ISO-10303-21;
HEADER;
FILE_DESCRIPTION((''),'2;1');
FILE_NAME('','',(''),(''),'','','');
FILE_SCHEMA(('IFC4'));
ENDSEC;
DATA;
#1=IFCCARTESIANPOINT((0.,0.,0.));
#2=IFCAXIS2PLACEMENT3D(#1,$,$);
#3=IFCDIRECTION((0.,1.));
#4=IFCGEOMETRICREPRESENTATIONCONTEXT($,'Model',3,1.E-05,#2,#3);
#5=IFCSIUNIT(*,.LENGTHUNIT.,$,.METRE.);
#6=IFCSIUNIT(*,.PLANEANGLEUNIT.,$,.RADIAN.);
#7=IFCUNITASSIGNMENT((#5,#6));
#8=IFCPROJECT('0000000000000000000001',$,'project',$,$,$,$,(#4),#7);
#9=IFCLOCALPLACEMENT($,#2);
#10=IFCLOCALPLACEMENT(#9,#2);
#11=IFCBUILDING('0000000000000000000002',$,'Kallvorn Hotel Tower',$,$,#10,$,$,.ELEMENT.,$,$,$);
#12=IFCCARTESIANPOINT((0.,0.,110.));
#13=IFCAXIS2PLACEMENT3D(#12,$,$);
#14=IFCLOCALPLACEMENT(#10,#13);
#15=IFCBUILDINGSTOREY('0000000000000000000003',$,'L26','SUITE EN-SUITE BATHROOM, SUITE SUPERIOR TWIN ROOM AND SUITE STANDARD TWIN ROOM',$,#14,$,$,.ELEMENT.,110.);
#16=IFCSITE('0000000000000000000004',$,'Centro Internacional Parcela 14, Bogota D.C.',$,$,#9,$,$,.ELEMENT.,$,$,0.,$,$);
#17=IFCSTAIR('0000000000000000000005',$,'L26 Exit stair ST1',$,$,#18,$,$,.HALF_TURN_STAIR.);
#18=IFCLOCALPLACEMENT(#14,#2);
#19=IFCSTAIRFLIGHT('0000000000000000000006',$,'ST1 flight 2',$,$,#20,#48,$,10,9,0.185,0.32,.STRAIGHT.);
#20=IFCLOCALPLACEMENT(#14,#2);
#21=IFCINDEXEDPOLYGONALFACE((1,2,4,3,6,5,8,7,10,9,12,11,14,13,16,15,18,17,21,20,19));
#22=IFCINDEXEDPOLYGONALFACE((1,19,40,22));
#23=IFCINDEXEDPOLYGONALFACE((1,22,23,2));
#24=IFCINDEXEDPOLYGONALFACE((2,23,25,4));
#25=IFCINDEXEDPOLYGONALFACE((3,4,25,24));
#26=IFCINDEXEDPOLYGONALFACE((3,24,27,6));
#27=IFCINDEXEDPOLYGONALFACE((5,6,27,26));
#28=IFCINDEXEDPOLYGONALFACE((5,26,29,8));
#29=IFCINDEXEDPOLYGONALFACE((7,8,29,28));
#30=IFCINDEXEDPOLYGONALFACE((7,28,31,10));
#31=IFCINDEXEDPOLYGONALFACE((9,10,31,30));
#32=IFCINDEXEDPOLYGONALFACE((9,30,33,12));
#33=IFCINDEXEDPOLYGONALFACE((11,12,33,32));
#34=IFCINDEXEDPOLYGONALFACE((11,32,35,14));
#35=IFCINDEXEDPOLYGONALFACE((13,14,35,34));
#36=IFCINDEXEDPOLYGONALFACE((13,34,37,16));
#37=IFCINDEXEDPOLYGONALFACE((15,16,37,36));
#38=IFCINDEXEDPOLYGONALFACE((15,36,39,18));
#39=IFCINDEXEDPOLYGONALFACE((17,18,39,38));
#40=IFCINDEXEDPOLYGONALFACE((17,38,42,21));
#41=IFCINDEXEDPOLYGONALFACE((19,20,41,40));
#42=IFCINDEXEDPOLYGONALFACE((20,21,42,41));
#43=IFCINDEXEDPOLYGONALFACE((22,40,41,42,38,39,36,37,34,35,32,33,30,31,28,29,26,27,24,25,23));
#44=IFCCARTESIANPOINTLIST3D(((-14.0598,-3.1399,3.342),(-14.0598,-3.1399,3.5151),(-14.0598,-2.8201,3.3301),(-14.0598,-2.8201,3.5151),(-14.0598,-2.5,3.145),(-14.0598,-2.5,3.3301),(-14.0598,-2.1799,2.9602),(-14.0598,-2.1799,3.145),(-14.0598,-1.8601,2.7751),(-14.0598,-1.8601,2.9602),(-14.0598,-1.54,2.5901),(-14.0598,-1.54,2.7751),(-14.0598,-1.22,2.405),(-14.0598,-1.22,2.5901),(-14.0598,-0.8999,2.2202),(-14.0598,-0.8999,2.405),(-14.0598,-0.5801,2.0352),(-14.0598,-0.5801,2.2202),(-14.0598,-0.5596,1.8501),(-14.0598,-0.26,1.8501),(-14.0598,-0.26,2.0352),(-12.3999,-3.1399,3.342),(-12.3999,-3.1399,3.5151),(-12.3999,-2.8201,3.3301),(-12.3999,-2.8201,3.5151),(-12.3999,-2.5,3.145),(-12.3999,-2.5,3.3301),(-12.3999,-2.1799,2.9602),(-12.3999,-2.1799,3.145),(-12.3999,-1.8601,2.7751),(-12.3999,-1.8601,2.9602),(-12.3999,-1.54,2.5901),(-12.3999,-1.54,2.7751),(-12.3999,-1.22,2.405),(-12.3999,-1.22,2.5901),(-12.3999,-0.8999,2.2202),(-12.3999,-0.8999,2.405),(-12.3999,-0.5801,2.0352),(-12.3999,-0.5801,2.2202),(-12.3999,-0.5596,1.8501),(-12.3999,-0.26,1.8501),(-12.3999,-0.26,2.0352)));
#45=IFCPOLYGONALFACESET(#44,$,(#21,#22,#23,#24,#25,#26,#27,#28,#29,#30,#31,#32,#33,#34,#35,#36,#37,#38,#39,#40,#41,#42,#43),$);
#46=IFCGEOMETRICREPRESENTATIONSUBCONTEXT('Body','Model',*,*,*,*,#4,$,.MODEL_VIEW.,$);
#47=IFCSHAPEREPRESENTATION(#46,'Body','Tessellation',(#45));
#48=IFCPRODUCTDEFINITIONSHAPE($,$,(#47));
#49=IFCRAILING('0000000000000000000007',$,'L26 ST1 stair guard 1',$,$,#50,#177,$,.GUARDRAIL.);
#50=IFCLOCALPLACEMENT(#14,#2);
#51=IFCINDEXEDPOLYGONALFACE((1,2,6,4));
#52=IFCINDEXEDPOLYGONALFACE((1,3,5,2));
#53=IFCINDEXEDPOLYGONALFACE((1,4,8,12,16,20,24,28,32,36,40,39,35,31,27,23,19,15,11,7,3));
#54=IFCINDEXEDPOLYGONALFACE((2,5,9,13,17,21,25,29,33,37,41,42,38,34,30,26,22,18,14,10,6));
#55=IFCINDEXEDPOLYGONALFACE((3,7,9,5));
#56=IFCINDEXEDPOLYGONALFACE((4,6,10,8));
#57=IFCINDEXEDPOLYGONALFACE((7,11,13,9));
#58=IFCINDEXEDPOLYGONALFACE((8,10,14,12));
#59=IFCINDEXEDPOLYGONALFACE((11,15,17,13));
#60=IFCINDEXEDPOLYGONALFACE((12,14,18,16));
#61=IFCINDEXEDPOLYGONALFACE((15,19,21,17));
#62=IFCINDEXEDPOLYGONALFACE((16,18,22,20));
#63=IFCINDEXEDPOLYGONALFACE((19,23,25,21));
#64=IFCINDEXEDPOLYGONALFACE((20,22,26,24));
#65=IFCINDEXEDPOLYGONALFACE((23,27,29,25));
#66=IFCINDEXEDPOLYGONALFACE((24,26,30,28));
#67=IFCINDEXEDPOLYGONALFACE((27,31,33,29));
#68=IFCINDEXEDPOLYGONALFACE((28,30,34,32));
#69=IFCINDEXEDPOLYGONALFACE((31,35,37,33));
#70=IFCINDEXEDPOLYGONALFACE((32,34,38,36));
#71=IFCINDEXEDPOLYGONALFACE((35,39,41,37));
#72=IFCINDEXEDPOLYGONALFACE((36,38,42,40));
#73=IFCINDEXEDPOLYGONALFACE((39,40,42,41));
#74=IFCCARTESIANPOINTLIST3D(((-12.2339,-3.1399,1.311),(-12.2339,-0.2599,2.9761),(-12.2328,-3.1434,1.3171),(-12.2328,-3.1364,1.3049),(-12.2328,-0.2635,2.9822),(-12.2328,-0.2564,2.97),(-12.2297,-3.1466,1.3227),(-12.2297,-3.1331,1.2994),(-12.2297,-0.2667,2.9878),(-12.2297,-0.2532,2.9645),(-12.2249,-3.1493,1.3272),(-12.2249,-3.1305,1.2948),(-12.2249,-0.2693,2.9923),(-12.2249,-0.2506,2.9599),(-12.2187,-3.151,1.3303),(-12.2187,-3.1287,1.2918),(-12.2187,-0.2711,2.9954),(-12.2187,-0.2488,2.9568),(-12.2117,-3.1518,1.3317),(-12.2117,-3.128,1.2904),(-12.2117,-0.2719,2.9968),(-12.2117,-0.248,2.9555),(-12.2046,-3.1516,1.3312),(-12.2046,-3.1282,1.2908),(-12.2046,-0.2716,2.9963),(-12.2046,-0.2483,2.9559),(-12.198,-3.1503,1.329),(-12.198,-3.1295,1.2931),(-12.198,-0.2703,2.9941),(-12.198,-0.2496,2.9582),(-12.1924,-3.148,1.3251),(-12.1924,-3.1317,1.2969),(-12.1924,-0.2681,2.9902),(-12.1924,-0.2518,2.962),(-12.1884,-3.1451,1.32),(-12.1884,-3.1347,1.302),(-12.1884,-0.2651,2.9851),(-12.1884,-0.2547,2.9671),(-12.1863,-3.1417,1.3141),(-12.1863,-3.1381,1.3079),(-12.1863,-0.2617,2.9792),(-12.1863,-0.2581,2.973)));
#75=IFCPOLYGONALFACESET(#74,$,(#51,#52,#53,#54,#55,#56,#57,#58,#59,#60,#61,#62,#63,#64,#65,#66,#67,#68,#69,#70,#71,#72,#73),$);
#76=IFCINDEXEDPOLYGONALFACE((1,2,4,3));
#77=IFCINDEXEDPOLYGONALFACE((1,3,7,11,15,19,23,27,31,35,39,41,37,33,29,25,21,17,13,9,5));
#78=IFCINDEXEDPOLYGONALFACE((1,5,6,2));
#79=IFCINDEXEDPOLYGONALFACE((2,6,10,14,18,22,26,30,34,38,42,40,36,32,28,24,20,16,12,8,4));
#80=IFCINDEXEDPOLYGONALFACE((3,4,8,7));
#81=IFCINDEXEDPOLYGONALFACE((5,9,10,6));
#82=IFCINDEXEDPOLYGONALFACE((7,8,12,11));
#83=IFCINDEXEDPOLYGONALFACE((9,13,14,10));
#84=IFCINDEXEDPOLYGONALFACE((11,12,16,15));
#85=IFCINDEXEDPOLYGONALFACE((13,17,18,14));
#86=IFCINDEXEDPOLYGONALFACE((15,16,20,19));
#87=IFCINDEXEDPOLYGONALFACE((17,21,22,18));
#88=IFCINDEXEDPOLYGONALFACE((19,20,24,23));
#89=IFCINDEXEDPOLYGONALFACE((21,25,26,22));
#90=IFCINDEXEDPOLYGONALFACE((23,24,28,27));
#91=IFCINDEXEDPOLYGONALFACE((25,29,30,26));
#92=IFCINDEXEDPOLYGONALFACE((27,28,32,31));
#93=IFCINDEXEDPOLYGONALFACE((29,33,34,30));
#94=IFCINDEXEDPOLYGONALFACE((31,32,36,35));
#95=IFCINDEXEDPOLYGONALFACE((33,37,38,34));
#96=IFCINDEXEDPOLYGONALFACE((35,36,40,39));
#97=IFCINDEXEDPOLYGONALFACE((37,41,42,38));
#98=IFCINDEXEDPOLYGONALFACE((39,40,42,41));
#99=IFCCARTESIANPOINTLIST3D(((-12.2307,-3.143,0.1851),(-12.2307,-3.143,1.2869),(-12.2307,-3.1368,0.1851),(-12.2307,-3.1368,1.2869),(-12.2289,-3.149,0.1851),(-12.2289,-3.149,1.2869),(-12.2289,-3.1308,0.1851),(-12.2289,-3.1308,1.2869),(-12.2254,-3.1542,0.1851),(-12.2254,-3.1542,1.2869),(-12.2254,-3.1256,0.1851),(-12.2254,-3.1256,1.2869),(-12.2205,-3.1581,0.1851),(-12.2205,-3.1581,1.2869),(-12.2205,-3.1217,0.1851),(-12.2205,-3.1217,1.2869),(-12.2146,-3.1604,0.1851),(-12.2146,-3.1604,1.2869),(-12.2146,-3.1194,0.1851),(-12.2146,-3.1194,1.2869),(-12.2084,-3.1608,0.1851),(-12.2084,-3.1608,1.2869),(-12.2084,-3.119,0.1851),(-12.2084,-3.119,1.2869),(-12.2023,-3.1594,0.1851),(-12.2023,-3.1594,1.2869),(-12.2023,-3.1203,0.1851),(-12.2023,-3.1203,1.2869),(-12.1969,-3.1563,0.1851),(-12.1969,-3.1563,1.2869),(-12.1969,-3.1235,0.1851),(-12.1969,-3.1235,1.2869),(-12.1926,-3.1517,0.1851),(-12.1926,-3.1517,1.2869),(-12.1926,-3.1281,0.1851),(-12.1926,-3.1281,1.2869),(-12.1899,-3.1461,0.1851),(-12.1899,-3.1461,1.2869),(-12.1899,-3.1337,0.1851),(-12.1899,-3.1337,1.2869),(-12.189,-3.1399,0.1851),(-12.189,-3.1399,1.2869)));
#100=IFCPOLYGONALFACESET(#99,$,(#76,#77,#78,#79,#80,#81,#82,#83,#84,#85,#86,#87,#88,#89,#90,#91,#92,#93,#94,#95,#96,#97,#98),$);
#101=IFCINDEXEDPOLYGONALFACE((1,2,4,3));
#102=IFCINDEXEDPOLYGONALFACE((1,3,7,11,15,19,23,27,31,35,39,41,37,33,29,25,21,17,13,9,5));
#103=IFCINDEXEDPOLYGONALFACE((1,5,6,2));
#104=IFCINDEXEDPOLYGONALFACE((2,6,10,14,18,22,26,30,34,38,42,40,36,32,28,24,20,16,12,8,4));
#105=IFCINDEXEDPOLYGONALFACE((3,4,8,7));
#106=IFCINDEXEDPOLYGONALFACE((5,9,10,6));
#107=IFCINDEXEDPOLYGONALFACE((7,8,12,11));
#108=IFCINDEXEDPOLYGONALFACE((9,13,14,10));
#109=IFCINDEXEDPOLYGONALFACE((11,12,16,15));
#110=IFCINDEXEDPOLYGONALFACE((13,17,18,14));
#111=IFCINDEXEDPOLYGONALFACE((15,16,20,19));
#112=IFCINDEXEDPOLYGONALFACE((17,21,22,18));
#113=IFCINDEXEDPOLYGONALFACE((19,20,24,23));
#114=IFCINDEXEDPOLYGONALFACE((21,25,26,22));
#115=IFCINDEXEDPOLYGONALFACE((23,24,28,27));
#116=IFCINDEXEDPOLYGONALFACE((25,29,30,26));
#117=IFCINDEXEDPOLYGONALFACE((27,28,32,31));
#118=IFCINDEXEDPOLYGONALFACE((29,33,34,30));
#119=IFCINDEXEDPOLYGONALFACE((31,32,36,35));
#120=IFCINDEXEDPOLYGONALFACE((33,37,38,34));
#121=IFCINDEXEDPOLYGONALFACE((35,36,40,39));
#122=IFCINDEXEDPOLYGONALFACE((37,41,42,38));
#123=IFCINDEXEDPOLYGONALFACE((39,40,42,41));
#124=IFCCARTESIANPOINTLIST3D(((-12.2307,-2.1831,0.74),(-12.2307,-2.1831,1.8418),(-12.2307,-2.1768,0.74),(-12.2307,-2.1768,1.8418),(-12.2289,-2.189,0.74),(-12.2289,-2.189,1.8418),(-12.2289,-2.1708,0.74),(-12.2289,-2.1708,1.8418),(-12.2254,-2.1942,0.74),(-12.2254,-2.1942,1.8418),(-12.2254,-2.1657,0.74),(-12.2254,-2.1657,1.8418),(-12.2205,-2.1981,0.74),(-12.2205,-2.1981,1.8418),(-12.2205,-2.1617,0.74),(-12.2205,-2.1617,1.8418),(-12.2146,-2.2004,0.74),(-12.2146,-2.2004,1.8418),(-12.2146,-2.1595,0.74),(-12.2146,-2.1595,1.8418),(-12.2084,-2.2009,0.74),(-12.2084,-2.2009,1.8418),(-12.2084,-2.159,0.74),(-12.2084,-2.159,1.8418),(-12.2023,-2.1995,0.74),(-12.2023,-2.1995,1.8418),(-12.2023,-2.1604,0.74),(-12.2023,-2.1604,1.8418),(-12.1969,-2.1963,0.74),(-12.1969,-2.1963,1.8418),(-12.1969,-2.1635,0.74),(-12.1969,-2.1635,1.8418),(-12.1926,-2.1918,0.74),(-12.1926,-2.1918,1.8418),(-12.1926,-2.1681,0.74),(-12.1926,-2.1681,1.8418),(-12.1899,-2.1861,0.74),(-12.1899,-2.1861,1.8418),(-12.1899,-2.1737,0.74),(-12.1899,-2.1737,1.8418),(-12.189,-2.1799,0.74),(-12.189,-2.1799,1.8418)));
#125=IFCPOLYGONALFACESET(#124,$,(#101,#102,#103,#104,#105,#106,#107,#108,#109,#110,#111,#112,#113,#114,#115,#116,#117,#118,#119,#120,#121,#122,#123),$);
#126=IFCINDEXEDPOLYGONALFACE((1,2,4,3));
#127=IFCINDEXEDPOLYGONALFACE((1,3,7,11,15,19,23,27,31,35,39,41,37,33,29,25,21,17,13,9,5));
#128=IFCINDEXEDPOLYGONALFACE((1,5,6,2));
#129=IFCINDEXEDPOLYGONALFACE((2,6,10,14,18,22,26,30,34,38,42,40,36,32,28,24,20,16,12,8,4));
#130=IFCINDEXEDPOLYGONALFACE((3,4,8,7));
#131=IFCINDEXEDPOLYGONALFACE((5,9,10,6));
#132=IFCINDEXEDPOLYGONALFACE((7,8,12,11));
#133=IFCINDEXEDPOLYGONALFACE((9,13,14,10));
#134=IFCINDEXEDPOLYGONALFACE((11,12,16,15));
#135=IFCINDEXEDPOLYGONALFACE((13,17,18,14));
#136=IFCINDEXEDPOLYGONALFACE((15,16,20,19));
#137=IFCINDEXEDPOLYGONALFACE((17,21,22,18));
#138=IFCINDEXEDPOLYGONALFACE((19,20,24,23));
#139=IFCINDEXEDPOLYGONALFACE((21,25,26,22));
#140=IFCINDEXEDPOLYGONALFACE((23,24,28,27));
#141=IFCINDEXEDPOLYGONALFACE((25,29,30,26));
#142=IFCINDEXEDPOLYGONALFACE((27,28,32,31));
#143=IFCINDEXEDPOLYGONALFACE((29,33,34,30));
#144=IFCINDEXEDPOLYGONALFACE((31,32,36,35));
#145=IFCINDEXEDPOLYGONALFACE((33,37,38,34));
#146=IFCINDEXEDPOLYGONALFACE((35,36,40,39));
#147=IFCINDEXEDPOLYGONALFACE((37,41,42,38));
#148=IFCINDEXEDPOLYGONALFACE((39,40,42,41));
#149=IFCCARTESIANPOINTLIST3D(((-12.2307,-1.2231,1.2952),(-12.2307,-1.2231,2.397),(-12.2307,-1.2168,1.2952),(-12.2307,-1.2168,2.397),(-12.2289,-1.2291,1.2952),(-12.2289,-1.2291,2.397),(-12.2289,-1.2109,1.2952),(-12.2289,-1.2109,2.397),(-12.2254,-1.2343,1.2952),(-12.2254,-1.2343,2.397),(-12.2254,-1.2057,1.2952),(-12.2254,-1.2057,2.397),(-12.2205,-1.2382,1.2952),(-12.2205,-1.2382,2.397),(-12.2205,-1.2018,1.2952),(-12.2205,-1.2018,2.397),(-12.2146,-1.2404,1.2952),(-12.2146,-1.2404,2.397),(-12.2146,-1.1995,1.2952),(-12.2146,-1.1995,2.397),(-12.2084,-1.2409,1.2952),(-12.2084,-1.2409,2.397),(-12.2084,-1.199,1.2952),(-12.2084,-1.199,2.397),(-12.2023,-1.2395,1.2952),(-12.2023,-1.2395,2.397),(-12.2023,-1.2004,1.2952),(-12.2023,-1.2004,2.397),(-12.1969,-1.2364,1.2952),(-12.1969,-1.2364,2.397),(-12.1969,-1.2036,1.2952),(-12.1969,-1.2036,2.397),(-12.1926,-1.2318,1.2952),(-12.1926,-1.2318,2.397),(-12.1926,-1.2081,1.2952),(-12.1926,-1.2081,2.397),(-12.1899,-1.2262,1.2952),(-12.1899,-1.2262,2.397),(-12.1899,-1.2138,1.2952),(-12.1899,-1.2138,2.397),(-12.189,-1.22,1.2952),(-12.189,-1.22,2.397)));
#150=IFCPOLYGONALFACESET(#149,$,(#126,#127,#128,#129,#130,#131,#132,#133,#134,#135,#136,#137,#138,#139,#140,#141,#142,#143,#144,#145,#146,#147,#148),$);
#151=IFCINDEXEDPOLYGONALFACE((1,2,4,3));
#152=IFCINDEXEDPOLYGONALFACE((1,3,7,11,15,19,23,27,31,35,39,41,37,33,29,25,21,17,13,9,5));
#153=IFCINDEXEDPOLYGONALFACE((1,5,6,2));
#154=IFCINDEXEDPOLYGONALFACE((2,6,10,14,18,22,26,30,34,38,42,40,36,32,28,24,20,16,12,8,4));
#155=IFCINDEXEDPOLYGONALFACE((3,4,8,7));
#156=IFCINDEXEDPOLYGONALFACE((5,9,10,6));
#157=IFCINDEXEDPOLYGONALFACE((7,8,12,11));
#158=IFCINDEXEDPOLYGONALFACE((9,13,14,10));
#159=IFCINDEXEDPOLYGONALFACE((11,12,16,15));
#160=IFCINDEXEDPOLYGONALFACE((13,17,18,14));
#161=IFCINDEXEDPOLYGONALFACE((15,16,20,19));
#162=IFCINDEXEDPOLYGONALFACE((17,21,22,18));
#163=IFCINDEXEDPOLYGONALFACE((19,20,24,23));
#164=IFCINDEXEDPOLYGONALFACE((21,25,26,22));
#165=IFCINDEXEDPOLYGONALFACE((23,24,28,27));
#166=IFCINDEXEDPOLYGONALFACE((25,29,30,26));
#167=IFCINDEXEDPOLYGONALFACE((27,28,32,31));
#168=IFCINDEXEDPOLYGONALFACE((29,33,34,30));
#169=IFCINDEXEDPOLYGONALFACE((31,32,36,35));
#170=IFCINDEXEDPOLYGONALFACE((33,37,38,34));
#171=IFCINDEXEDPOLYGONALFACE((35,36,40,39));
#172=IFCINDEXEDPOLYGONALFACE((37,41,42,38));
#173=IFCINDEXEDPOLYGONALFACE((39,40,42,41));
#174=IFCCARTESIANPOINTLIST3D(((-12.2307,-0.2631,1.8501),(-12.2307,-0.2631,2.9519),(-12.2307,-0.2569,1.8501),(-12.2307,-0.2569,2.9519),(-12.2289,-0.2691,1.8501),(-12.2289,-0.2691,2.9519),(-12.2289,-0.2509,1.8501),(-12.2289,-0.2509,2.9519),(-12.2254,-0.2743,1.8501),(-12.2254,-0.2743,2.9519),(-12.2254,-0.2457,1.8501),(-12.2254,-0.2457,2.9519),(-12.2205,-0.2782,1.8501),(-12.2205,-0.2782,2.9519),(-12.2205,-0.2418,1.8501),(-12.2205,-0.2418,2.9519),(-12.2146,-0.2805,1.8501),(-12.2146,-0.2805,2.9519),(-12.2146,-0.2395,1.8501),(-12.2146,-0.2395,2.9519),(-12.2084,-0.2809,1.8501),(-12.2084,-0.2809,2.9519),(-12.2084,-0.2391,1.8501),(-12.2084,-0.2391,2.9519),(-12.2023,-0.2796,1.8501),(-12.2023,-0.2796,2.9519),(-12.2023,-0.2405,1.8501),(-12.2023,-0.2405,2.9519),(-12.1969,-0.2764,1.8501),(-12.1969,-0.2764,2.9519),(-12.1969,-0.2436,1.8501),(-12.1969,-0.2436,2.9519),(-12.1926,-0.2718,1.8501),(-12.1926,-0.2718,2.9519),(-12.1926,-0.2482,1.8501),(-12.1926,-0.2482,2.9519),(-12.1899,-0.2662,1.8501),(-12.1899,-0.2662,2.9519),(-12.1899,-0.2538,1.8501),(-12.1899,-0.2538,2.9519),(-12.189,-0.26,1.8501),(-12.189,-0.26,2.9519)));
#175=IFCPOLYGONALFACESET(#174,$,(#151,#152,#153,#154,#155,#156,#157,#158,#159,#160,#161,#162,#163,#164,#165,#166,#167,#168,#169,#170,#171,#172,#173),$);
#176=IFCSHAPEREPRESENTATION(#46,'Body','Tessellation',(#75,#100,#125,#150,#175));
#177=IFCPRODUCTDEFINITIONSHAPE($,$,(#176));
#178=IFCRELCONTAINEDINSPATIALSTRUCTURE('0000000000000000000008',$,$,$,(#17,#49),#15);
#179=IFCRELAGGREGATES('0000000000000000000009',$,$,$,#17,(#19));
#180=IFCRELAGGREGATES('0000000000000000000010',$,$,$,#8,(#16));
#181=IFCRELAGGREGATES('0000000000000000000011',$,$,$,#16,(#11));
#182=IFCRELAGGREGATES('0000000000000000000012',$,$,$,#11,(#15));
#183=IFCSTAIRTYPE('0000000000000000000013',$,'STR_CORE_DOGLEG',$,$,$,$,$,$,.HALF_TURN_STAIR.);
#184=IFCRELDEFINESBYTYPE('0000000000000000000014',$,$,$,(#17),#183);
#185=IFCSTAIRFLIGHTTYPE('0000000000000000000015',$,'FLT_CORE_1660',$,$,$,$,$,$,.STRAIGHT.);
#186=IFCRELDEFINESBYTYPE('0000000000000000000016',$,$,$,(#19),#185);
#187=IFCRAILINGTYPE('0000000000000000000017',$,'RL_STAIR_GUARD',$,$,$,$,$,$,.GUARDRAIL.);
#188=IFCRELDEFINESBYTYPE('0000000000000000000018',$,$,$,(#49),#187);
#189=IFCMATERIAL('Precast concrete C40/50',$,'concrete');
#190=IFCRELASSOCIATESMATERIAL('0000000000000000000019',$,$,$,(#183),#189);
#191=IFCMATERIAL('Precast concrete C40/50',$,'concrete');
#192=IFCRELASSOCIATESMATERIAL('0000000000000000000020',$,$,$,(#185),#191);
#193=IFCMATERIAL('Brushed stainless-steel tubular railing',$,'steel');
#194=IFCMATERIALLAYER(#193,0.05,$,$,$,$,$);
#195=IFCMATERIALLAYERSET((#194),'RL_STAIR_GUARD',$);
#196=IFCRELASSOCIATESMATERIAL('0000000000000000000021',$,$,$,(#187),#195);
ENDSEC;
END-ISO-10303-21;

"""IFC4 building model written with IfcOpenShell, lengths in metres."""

from ifc_helpers import new_model, si_unit, direction, frame, origin, origin_2d, place, context, subcontext, project, spatial, polyline, circle, outline, extrude, material, layer, layer_set, type_object, element, aggregate, save


model = new_model("IFC4")

# Units and contexts
model_context = context("Model", 3, precision=1e-05, world=origin(), true_north=direction((0.0, 1.0)))
body_context = subcontext(model_context, "Body", "Model", "MODEL_VIEW")
ifc_project = project(units=[si_unit("LENGTHUNIT", "METRE"), si_unit("PLANEANGLEUNIT", "RADIAN")], contexts=[model_context])

# Site, building, storey
site_placement = place(None, origin())
site = spatial("IfcSite", under=ifc_project, at=site_placement, Name="Centro Internacional Parcela 14, Bogota D.C.", CompositionType="ELEMENT", RefElevation=0.0)
building_placement = place(site_placement, origin())
building = spatial("IfcBuilding", under=site, at=building_placement, Name="Kallvorn Hotel Tower", CompositionType="ELEMENT")
storey_placement = place(building_placement, frame((0.0, 0.0, 110.0)))
storey = spatial("IfcBuildingStorey", under=building, at=storey_placement, Name="L26", Description="SUITE EN-SUITE BATHROOM, SUITE SUPERIOR TWIN ROOM AND SUITE STANDARD TWIN ROOM", CompositionType="ELEMENT", Elevation=110.0)

# Stair, stair flight
ifc_material_1 = material(Name="Precast concrete C40/50", Category="concrete")
stair_type = type_object("IfcStairType", Name="STR_CORE_DOGLEG", PredefinedType="HALF_TURN_STAIR", material=ifc_material_1)
stair_placement = place(storey_placement, origin())
stair = element("IfcStair", 1, at=stair_placement, inside=storey, type_object=stair_type, Name="L26 Exit stair ST1", PredefinedType="HALF_TURN_STAIR")
ifc_material_2 = material(Name="Precast concrete C40/50", Category="concrete")
stair_flight_type = type_object("IfcStairFlightType", Name="FLT_CORE_1660", PredefinedType="STRAIGHT", material=ifc_material_2)
stair_flight_1_placement = place(storey_placement, frame((-13.23, -0.26, 1.8501), z_axis=(0.0, 0.0, 1.0), x_axis=(0.0, -1.0, 0.0)))
stair_flight_1 = element("IfcStairFlight", 2, at=stair_flight_1_placement, type_object=stair_flight_type, Name="ST1 flight 2", NumberOfRisers=10, NumberOfTreads=9, PredefinedType="STRAIGHT", RiserHeight=0.185, TreadLength=0.32, context=body_context, shape_type="SweptSolid", body=[
    extrude(outline(polyline([(0.0, 0.0), (0.0, 0.1851), (0.3201, 0.1851), (0.3201, 0.3701), (0.6399, 0.3701), (0.6399, 0.5549), (0.96, 0.5549), (0.96, 0.74), (1.28, 0.74), (1.28, 0.925), (1.6001, 0.925), (1.6001, 1.1101), (1.9199, 1.1101), (1.9199, 1.2949), (2.24, 1.2949), (2.24, 1.48), (2.5601, 1.48), (2.5601, 1.665), (2.8799, 1.665), (2.8799, 1.8501), (2.8799, 1.4919), (0.2996, 0.0), (0.0, 0.0)])), frame((0.0, 0.8301, 0.0), z_axis=(0.0, -1.0, 0.0), x_axis=(1.0, 0.0, 0.0)), (0.0, 0.0, 1.0), 1.6599),
])
aggregate(stair, [stair_flight_1])

# Railing
ifc_material_3 = material(Name="Brushed stainless-steel tubular railing", Category="steel")
ifc_layer_1 = layer(ifc_material_3, 0.05)
ifc_layer_set_1 = layer_set([ifc_layer_1], Name="RL_STAIR_GUARD")
railing_type_1 = type_object("IfcRailingType", Name="RL_STAIR_GUARD", PredefinedType="GUARDRAIL", material=ifc_layer_set_1)
railing_1_placement = place(storey_placement, frame((-12.21, -3.1399, 0.1851)))
element("IfcRailing", 3, at=railing_1_placement, inside=storey, type_object=railing_type_1, Name="L26 ST1 stair guard 1", PredefinedType="GUARDRAIL", context=body_context, shape_type="SweptSolid", body=[
    extrude(circle(Radius=0.0239, at=origin_2d()), frame((0.0, 0.0, 1.126), z_axis=(0.0, 0.865721, 0.500527), x_axis=(-1.0, 0.0, 0.0)), (0.0, 0.0, 1.0), 3.3267),
    extrude(circle(Radius=0.021, at=origin_2d()), origin(), (0.0, 0.0, 1.0), 1.1018),
    extrude(circle(Radius=0.021, at=origin_2d()), frame((0.0, 0.96, 0.5549)), (0.0, 0.0, 1.0), 1.1018),
    extrude(circle(Radius=0.021, at=origin_2d()), frame((0.0, 1.9199, 1.1101)), (0.0, 0.0, 1.0), 1.1018),
    extrude(circle(Radius=0.021, at=origin_2d()), frame((0.0, 2.8799, 1.665)), (0.0, 0.0, 1.0), 1.1018),
])

save(model, "model.ifc")
